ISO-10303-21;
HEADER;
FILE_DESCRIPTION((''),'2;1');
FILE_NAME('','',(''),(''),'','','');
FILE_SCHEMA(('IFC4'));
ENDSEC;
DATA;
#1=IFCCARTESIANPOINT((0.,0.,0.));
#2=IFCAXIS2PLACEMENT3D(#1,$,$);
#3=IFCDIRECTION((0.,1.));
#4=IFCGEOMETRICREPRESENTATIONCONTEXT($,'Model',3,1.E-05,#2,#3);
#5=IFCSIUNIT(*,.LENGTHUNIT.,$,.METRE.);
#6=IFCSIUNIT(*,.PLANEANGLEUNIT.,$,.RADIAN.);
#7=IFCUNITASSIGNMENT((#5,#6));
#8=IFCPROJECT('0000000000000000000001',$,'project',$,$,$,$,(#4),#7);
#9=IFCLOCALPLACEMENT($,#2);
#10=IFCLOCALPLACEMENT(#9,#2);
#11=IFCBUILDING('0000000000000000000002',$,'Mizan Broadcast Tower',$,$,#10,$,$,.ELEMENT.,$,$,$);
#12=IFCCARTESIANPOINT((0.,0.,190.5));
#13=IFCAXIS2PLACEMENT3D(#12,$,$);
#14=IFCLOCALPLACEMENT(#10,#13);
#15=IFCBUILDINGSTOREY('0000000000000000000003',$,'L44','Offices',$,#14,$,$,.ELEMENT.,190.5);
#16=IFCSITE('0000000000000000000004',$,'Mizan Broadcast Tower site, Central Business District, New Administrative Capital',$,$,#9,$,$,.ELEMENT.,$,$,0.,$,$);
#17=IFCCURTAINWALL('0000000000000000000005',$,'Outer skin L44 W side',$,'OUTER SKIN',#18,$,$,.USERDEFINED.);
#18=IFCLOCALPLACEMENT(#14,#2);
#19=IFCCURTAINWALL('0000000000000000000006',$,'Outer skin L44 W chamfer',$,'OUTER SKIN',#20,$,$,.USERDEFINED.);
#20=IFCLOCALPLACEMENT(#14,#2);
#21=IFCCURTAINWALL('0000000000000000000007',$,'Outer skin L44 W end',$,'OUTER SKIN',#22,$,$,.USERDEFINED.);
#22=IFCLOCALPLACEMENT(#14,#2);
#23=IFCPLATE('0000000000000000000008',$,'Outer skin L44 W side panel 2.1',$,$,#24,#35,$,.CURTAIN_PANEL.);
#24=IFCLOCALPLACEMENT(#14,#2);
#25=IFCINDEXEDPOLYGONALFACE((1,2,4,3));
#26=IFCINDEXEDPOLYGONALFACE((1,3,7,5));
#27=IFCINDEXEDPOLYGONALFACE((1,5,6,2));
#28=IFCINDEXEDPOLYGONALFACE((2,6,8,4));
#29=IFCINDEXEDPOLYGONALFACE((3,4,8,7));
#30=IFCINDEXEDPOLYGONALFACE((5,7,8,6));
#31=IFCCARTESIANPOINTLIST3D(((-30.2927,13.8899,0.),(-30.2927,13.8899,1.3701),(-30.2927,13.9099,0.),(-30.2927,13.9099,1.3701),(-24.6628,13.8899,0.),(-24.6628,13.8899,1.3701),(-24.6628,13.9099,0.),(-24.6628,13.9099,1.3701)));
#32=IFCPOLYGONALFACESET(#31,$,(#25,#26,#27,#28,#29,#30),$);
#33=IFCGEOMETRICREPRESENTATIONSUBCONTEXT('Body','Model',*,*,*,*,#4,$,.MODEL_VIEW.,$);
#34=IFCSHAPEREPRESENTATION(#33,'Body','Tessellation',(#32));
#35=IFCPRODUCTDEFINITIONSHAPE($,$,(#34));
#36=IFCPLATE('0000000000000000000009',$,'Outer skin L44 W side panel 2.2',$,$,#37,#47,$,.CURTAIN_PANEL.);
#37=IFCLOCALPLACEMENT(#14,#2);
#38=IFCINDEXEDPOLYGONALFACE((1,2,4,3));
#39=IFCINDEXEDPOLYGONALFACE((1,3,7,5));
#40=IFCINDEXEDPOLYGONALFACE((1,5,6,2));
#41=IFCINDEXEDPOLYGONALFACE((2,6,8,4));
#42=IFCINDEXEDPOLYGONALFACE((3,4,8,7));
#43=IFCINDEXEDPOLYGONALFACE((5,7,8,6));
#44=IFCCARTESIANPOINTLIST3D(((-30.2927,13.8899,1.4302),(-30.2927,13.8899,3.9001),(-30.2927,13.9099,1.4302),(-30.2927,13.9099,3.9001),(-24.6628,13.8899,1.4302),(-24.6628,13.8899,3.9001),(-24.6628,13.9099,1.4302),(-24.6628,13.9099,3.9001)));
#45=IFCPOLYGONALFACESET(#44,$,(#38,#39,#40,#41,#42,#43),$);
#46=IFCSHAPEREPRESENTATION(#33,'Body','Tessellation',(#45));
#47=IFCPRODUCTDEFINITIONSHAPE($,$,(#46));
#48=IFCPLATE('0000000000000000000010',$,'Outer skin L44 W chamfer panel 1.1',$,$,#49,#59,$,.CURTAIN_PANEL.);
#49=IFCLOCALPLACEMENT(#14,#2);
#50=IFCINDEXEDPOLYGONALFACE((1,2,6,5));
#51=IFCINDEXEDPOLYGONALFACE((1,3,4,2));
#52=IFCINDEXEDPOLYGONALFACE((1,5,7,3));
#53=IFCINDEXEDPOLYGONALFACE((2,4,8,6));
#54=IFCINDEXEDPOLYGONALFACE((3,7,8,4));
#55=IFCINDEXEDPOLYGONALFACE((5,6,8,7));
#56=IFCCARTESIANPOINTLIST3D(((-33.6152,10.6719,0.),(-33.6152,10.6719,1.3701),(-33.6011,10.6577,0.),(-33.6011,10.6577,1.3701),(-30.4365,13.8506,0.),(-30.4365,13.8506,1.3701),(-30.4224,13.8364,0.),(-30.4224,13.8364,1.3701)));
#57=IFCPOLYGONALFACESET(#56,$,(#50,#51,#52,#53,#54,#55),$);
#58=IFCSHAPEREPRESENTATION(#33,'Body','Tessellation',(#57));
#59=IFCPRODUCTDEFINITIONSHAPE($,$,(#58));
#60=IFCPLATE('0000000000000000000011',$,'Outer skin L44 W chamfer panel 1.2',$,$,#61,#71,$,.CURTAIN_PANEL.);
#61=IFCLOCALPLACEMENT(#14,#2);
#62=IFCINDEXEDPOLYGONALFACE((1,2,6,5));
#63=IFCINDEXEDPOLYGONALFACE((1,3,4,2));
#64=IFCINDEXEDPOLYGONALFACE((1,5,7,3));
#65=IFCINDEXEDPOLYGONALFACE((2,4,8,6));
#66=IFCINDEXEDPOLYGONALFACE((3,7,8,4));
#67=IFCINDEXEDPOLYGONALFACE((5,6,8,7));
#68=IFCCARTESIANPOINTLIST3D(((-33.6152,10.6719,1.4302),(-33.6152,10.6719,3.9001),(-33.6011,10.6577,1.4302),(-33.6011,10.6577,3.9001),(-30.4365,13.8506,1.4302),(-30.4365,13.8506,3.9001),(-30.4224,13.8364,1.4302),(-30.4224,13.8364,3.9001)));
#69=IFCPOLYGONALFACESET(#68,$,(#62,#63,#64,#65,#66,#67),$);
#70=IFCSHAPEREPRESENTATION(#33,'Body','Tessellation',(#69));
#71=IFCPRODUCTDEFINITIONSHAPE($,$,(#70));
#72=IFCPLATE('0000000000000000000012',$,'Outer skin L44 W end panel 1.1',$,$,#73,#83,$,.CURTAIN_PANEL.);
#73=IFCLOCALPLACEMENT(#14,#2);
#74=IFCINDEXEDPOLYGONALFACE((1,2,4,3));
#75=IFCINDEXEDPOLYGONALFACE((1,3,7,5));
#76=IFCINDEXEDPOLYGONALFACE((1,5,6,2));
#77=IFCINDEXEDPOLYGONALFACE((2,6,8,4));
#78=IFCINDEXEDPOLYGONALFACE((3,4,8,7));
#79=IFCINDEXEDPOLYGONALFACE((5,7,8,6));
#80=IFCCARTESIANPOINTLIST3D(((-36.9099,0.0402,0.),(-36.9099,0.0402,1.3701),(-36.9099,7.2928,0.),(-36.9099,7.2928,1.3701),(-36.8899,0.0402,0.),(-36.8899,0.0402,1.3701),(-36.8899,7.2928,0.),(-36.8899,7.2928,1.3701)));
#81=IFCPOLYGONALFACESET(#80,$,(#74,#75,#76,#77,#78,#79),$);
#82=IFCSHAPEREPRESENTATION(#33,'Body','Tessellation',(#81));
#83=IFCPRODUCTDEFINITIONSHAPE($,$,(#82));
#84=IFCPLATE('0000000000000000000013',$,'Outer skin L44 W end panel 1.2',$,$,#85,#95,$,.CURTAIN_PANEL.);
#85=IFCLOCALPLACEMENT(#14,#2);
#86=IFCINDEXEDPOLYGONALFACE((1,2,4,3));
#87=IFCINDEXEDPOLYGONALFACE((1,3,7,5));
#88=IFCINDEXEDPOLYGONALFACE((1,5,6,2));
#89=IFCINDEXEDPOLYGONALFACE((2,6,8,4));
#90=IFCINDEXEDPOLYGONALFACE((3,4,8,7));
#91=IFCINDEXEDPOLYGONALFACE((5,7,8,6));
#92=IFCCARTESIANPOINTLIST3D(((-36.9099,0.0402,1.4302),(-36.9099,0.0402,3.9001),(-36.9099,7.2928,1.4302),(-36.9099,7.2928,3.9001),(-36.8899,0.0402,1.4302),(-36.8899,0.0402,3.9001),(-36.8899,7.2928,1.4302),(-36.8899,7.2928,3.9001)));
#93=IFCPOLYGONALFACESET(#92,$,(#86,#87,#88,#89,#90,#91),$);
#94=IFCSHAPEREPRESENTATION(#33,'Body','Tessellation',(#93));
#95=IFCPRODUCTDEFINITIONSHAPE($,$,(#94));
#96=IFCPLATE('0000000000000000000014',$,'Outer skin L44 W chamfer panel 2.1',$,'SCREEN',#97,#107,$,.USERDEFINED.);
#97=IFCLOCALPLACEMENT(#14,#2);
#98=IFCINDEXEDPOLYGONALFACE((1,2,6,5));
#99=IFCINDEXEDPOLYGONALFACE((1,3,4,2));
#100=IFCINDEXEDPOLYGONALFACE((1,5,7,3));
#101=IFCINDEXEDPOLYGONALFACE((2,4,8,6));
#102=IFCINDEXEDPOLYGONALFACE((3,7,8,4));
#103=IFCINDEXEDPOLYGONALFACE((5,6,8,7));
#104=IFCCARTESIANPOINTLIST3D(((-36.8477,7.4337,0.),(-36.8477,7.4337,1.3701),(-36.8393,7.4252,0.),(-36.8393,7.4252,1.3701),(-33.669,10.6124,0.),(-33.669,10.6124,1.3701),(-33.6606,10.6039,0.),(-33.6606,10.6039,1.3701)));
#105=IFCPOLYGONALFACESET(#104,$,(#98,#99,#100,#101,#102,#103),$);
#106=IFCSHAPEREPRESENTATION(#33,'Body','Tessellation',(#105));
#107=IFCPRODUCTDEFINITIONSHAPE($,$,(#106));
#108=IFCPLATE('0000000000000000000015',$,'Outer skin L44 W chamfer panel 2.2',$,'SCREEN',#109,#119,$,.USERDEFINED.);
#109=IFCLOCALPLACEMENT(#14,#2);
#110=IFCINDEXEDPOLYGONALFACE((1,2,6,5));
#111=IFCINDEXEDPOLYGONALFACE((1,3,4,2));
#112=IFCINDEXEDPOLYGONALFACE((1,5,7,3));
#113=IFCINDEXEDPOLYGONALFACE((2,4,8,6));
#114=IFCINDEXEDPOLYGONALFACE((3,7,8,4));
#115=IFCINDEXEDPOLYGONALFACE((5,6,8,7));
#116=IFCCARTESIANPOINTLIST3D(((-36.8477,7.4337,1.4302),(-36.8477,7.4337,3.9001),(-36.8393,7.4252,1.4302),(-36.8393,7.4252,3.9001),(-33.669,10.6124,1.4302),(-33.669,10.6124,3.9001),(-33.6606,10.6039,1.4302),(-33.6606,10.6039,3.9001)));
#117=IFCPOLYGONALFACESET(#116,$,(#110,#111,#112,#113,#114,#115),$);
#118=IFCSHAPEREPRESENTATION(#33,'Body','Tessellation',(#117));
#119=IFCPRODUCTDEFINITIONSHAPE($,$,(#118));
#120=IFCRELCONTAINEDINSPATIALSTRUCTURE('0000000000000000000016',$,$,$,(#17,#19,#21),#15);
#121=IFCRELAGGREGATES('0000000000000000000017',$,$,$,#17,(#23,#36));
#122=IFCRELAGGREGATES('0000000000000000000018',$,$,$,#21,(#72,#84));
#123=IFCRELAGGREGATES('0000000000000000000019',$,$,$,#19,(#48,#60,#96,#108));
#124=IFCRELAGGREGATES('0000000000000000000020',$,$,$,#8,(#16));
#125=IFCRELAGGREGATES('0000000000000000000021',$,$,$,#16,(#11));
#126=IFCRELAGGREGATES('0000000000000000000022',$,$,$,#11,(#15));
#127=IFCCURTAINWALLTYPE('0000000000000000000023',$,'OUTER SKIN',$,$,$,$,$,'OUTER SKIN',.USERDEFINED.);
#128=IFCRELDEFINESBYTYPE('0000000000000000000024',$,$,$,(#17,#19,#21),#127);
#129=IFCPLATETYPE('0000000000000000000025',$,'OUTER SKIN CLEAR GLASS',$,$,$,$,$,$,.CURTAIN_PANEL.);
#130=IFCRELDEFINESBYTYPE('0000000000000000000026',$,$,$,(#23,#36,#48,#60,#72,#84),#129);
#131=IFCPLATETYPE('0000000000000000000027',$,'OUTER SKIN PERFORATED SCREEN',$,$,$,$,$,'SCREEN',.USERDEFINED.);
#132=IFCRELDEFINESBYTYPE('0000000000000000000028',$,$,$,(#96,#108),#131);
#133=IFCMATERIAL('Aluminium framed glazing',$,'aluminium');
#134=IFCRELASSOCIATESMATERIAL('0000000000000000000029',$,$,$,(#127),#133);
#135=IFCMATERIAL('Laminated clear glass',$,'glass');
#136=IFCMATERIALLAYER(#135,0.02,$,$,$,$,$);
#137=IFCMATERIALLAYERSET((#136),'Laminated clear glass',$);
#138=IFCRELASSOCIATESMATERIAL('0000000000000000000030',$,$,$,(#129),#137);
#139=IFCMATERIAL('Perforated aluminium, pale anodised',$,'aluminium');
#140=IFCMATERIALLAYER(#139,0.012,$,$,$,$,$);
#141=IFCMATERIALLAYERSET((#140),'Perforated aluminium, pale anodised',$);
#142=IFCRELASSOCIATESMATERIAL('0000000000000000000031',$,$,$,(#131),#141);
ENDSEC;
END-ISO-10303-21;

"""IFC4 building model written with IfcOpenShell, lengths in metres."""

from ifc_helpers import new_model, si_unit, direction, frame, origin, origin_2d, place, context, subcontext, project, spatial, rectangle, extrude, material, layer, layer_set, type_object, element, aggregate, save


model = new_model("IFC4")

# Units and contexts
model_context = context("Model", 3, precision=1e-05, world=origin(), true_north=direction((0.0, 1.0)))
body_context = subcontext(model_context, "Body", "Model", "MODEL_VIEW")
ifc_project = project(units=[si_unit("LENGTHUNIT", "METRE"), si_unit("PLANEANGLEUNIT", "RADIAN")], contexts=[model_context])

# Site, building, storey
site_placement = place(None, origin())
site = spatial("IfcSite", under=ifc_project, at=site_placement, Name="Mizan Broadcast Tower site, Central Business District, New Administrative Capital", CompositionType="ELEMENT", RefElevation=0.0)
building_placement = place(site_placement, origin())
building = spatial("IfcBuilding", under=site, at=building_placement, Name="Mizan Broadcast Tower", CompositionType="ELEMENT")
storey_placement = place(building_placement, frame((0.0, 0.0, 190.5)))
storey = spatial("IfcBuildingStorey", under=building, at=storey_placement, Name="L44", Description="Offices", CompositionType="ELEMENT", Elevation=190.5)

# Curtain wall
ifc_material_1 = material(Name="Aluminium framed glazing", Category="aluminium")
curtain_wall_type_1 = type_object("IfcCurtainWallType", Name="OUTER SKIN", ElementType="OUTER SKIN", PredefinedType="USERDEFINED", material=ifc_material_1)
curtain_wall_1_placement = place(storey_placement, origin())
curtain_wall_1 = element("IfcCurtainWall", 1, at=curtain_wall_1_placement, inside=storey, type_object=curtain_wall_type_1, Name="Outer skin L44 W side", ObjectType="OUTER SKIN", PredefinedType="USERDEFINED")

# Curtain wall
curtain_wall_2_placement = place(storey_placement, origin())
curtain_wall_2 = element("IfcCurtainWall", 2, at=curtain_wall_2_placement, inside=storey, type_object=curtain_wall_type_1, Name="Outer skin L44 W chamfer", ObjectType="OUTER SKIN", PredefinedType="USERDEFINED")

# Curtain wall
curtain_wall_3_placement = place(storey_placement, origin())
curtain_wall_3 = element("IfcCurtainWall", 3, at=curtain_wall_3_placement, inside=storey, type_object=curtain_wall_type_1, Name="Outer skin L44 W end", ObjectType="OUTER SKIN", PredefinedType="USERDEFINED")

# Plates
ifc_material_2 = material(Name="Laminated clear glass", Category="glass")
ifc_layer_1 = layer(ifc_material_2, 0.02)
ifc_layer_set_1 = layer_set([ifc_layer_1], Name="Laminated clear glass")
plate_type_1 = type_object("IfcPlateType", Name="OUTER SKIN CLEAR GLASS", PredefinedType="CURTAIN_PANEL", material=ifc_layer_set_1)
plate_1_placement = place(storey_placement, frame((-27.4778, 13.8999, 0.0), z_axis=(0.0, 0.0, 1.0), x_axis=(-1.0, 0.0, 0.0)))
plate_1 = element("IfcPlate", 4, at=plate_1_placement, type_object=plate_type_1, Name="Outer skin L44 W side panel 2.1", PredefinedType="CURTAIN_PANEL", context=body_context, shape_type="SweptSolid", body=[
    extrude(rectangle(XDim=5.6299, YDim=0.02, at=origin_2d()), origin(), (0.0, 0.0, 1.0), 1.3701),
])
plate_2_placement = place(storey_placement, frame((-27.4778, 13.8999, 1.4302), z_axis=(0.0, 0.0, 1.0), x_axis=(-1.0, 0.0, 0.0)))
plate_2 = element("IfcPlate", 5, at=plate_2_placement, type_object=plate_type_1, Name="Outer skin L44 W side panel 2.2", PredefinedType="CURTAIN_PANEL", context=body_context, shape_type="SweptSolid", body=[
    extrude(rectangle(XDim=5.6299, YDim=0.02, at=origin_2d()), origin(), (0.0, 0.0, 1.0), 2.47),
])
aggregate(curtain_wall_1, [plate_1, plate_2])
plate_3_placement = place(storey_placement, frame((-32.0188, 12.2542, 0.0), z_axis=(0.0, 0.0, 1.0), x_axis=(-0.707107, -0.707107, 0.0)))
plate_3 = element("IfcPlate", 6, at=plate_3_placement, type_object=plate_type_1, Name="Outer skin L44 W chamfer panel 1.1", PredefinedType="CURTAIN_PANEL", context=body_context, shape_type="SweptSolid", body=[
    extrude(rectangle(XDim=4.4954, YDim=0.02, at=origin_2d()), origin(), (0.0, 0.0, 1.0), 1.3701),
])
plate_4_placement = place(storey_placement, frame((-32.0188, 12.2542, 1.4302), z_axis=(0.0, 0.0, 1.0), x_axis=(-0.707107, -0.707107, 0.0)))
plate_4 = element("IfcPlate", 7, at=plate_4_placement, type_object=plate_type_1, Name="Outer skin L44 W chamfer panel 1.2", PredefinedType="CURTAIN_PANEL", context=body_context, shape_type="SweptSolid", body=[
    extrude(rectangle(XDim=4.4954, YDim=0.02, at=origin_2d()), origin(), (0.0, 0.0, 1.0), 2.47),
])
plate_5_placement = place(storey_placement, frame((-36.8999, 3.6665, 0.0), z_axis=(0.0, 0.0, 1.0), x_axis=(0.0, -1.0, 0.0)))
plate_5 = element("IfcPlate", 8, at=plate_5_placement, type_object=plate_type_1, Name="Outer skin L44 W end panel 1.1", PredefinedType="CURTAIN_PANEL", context=body_context, shape_type="SweptSolid", body=[
    extrude(rectangle(XDim=7.2527, YDim=0.02, at=origin_2d()), origin(), (0.0, 0.0, 1.0), 1.3701),
])
plate_6_placement = place(storey_placement, frame((-36.8999, 3.6665, 1.4302), z_axis=(0.0, 0.0, 1.0), x_axis=(0.0, -1.0, 0.0)))
plate_6 = element("IfcPlate", 9, at=plate_6_placement, type_object=plate_type_1, Name="Outer skin L44 W end panel 1.2", PredefinedType="CURTAIN_PANEL", context=body_context, shape_type="SweptSolid", body=[
    extrude(rectangle(XDim=7.2527, YDim=0.02, at=origin_2d()), origin(), (0.0, 0.0, 1.0), 2.47),
])
aggregate(curtain_wall_3, [plate_5, plate_6])
ifc_material_3 = material(Name="Perforated aluminium, pale anodised", Category="aluminium")
ifc_layer_2 = layer(ifc_material_3, 0.012)
ifc_layer_set_2 = layer_set([ifc_layer_2], Name="Perforated aluminium, pale anodised")
plate_type_2 = type_object("IfcPlateType", Name="OUTER SKIN PERFORATED SCREEN", ElementType="SCREEN", PredefinedType="USERDEFINED", material=ifc_layer_set_2)
plate_7_placement = place(storey_placement, frame((-35.2542, 9.0188, 0.0), z_axis=(0.0, 0.0, 1.0), x_axis=(-0.707107, -0.707107, 0.0)))
plate_7 = element("IfcPlate", 10, at=plate_7_placement, type_object=plate_type_2, Name="Outer skin L44 W chamfer panel 2.1", ObjectType="SCREEN", PredefinedType="USERDEFINED", context=body_context, shape_type="SweptSolid", body=[
    extrude(rectangle(XDim=4.4954, YDim=0.012, at=origin_2d()), origin(), (0.0, 0.0, 1.0), 1.3701),
])
plate_8_placement = place(storey_placement, frame((-35.2542, 9.0188, 1.4302), z_axis=(0.0, 0.0, 1.0), x_axis=(-0.707107, -0.707107, 0.0)))
plate_8 = element("IfcPlate", 11, at=plate_8_placement, type_object=plate_type_2, Name="Outer skin L44 W chamfer panel 2.2", ObjectType="SCREEN", PredefinedType="USERDEFINED", context=body_context, shape_type="SweptSolid", body=[
    extrude(rectangle(XDim=4.4954, YDim=0.012, at=origin_2d()), origin(), (0.0, 0.0, 1.0), 2.47),
])
aggregate(curtain_wall_2, [plate_3, plate_4, plate_7, plate_8])

save(model, "model.ifc")
